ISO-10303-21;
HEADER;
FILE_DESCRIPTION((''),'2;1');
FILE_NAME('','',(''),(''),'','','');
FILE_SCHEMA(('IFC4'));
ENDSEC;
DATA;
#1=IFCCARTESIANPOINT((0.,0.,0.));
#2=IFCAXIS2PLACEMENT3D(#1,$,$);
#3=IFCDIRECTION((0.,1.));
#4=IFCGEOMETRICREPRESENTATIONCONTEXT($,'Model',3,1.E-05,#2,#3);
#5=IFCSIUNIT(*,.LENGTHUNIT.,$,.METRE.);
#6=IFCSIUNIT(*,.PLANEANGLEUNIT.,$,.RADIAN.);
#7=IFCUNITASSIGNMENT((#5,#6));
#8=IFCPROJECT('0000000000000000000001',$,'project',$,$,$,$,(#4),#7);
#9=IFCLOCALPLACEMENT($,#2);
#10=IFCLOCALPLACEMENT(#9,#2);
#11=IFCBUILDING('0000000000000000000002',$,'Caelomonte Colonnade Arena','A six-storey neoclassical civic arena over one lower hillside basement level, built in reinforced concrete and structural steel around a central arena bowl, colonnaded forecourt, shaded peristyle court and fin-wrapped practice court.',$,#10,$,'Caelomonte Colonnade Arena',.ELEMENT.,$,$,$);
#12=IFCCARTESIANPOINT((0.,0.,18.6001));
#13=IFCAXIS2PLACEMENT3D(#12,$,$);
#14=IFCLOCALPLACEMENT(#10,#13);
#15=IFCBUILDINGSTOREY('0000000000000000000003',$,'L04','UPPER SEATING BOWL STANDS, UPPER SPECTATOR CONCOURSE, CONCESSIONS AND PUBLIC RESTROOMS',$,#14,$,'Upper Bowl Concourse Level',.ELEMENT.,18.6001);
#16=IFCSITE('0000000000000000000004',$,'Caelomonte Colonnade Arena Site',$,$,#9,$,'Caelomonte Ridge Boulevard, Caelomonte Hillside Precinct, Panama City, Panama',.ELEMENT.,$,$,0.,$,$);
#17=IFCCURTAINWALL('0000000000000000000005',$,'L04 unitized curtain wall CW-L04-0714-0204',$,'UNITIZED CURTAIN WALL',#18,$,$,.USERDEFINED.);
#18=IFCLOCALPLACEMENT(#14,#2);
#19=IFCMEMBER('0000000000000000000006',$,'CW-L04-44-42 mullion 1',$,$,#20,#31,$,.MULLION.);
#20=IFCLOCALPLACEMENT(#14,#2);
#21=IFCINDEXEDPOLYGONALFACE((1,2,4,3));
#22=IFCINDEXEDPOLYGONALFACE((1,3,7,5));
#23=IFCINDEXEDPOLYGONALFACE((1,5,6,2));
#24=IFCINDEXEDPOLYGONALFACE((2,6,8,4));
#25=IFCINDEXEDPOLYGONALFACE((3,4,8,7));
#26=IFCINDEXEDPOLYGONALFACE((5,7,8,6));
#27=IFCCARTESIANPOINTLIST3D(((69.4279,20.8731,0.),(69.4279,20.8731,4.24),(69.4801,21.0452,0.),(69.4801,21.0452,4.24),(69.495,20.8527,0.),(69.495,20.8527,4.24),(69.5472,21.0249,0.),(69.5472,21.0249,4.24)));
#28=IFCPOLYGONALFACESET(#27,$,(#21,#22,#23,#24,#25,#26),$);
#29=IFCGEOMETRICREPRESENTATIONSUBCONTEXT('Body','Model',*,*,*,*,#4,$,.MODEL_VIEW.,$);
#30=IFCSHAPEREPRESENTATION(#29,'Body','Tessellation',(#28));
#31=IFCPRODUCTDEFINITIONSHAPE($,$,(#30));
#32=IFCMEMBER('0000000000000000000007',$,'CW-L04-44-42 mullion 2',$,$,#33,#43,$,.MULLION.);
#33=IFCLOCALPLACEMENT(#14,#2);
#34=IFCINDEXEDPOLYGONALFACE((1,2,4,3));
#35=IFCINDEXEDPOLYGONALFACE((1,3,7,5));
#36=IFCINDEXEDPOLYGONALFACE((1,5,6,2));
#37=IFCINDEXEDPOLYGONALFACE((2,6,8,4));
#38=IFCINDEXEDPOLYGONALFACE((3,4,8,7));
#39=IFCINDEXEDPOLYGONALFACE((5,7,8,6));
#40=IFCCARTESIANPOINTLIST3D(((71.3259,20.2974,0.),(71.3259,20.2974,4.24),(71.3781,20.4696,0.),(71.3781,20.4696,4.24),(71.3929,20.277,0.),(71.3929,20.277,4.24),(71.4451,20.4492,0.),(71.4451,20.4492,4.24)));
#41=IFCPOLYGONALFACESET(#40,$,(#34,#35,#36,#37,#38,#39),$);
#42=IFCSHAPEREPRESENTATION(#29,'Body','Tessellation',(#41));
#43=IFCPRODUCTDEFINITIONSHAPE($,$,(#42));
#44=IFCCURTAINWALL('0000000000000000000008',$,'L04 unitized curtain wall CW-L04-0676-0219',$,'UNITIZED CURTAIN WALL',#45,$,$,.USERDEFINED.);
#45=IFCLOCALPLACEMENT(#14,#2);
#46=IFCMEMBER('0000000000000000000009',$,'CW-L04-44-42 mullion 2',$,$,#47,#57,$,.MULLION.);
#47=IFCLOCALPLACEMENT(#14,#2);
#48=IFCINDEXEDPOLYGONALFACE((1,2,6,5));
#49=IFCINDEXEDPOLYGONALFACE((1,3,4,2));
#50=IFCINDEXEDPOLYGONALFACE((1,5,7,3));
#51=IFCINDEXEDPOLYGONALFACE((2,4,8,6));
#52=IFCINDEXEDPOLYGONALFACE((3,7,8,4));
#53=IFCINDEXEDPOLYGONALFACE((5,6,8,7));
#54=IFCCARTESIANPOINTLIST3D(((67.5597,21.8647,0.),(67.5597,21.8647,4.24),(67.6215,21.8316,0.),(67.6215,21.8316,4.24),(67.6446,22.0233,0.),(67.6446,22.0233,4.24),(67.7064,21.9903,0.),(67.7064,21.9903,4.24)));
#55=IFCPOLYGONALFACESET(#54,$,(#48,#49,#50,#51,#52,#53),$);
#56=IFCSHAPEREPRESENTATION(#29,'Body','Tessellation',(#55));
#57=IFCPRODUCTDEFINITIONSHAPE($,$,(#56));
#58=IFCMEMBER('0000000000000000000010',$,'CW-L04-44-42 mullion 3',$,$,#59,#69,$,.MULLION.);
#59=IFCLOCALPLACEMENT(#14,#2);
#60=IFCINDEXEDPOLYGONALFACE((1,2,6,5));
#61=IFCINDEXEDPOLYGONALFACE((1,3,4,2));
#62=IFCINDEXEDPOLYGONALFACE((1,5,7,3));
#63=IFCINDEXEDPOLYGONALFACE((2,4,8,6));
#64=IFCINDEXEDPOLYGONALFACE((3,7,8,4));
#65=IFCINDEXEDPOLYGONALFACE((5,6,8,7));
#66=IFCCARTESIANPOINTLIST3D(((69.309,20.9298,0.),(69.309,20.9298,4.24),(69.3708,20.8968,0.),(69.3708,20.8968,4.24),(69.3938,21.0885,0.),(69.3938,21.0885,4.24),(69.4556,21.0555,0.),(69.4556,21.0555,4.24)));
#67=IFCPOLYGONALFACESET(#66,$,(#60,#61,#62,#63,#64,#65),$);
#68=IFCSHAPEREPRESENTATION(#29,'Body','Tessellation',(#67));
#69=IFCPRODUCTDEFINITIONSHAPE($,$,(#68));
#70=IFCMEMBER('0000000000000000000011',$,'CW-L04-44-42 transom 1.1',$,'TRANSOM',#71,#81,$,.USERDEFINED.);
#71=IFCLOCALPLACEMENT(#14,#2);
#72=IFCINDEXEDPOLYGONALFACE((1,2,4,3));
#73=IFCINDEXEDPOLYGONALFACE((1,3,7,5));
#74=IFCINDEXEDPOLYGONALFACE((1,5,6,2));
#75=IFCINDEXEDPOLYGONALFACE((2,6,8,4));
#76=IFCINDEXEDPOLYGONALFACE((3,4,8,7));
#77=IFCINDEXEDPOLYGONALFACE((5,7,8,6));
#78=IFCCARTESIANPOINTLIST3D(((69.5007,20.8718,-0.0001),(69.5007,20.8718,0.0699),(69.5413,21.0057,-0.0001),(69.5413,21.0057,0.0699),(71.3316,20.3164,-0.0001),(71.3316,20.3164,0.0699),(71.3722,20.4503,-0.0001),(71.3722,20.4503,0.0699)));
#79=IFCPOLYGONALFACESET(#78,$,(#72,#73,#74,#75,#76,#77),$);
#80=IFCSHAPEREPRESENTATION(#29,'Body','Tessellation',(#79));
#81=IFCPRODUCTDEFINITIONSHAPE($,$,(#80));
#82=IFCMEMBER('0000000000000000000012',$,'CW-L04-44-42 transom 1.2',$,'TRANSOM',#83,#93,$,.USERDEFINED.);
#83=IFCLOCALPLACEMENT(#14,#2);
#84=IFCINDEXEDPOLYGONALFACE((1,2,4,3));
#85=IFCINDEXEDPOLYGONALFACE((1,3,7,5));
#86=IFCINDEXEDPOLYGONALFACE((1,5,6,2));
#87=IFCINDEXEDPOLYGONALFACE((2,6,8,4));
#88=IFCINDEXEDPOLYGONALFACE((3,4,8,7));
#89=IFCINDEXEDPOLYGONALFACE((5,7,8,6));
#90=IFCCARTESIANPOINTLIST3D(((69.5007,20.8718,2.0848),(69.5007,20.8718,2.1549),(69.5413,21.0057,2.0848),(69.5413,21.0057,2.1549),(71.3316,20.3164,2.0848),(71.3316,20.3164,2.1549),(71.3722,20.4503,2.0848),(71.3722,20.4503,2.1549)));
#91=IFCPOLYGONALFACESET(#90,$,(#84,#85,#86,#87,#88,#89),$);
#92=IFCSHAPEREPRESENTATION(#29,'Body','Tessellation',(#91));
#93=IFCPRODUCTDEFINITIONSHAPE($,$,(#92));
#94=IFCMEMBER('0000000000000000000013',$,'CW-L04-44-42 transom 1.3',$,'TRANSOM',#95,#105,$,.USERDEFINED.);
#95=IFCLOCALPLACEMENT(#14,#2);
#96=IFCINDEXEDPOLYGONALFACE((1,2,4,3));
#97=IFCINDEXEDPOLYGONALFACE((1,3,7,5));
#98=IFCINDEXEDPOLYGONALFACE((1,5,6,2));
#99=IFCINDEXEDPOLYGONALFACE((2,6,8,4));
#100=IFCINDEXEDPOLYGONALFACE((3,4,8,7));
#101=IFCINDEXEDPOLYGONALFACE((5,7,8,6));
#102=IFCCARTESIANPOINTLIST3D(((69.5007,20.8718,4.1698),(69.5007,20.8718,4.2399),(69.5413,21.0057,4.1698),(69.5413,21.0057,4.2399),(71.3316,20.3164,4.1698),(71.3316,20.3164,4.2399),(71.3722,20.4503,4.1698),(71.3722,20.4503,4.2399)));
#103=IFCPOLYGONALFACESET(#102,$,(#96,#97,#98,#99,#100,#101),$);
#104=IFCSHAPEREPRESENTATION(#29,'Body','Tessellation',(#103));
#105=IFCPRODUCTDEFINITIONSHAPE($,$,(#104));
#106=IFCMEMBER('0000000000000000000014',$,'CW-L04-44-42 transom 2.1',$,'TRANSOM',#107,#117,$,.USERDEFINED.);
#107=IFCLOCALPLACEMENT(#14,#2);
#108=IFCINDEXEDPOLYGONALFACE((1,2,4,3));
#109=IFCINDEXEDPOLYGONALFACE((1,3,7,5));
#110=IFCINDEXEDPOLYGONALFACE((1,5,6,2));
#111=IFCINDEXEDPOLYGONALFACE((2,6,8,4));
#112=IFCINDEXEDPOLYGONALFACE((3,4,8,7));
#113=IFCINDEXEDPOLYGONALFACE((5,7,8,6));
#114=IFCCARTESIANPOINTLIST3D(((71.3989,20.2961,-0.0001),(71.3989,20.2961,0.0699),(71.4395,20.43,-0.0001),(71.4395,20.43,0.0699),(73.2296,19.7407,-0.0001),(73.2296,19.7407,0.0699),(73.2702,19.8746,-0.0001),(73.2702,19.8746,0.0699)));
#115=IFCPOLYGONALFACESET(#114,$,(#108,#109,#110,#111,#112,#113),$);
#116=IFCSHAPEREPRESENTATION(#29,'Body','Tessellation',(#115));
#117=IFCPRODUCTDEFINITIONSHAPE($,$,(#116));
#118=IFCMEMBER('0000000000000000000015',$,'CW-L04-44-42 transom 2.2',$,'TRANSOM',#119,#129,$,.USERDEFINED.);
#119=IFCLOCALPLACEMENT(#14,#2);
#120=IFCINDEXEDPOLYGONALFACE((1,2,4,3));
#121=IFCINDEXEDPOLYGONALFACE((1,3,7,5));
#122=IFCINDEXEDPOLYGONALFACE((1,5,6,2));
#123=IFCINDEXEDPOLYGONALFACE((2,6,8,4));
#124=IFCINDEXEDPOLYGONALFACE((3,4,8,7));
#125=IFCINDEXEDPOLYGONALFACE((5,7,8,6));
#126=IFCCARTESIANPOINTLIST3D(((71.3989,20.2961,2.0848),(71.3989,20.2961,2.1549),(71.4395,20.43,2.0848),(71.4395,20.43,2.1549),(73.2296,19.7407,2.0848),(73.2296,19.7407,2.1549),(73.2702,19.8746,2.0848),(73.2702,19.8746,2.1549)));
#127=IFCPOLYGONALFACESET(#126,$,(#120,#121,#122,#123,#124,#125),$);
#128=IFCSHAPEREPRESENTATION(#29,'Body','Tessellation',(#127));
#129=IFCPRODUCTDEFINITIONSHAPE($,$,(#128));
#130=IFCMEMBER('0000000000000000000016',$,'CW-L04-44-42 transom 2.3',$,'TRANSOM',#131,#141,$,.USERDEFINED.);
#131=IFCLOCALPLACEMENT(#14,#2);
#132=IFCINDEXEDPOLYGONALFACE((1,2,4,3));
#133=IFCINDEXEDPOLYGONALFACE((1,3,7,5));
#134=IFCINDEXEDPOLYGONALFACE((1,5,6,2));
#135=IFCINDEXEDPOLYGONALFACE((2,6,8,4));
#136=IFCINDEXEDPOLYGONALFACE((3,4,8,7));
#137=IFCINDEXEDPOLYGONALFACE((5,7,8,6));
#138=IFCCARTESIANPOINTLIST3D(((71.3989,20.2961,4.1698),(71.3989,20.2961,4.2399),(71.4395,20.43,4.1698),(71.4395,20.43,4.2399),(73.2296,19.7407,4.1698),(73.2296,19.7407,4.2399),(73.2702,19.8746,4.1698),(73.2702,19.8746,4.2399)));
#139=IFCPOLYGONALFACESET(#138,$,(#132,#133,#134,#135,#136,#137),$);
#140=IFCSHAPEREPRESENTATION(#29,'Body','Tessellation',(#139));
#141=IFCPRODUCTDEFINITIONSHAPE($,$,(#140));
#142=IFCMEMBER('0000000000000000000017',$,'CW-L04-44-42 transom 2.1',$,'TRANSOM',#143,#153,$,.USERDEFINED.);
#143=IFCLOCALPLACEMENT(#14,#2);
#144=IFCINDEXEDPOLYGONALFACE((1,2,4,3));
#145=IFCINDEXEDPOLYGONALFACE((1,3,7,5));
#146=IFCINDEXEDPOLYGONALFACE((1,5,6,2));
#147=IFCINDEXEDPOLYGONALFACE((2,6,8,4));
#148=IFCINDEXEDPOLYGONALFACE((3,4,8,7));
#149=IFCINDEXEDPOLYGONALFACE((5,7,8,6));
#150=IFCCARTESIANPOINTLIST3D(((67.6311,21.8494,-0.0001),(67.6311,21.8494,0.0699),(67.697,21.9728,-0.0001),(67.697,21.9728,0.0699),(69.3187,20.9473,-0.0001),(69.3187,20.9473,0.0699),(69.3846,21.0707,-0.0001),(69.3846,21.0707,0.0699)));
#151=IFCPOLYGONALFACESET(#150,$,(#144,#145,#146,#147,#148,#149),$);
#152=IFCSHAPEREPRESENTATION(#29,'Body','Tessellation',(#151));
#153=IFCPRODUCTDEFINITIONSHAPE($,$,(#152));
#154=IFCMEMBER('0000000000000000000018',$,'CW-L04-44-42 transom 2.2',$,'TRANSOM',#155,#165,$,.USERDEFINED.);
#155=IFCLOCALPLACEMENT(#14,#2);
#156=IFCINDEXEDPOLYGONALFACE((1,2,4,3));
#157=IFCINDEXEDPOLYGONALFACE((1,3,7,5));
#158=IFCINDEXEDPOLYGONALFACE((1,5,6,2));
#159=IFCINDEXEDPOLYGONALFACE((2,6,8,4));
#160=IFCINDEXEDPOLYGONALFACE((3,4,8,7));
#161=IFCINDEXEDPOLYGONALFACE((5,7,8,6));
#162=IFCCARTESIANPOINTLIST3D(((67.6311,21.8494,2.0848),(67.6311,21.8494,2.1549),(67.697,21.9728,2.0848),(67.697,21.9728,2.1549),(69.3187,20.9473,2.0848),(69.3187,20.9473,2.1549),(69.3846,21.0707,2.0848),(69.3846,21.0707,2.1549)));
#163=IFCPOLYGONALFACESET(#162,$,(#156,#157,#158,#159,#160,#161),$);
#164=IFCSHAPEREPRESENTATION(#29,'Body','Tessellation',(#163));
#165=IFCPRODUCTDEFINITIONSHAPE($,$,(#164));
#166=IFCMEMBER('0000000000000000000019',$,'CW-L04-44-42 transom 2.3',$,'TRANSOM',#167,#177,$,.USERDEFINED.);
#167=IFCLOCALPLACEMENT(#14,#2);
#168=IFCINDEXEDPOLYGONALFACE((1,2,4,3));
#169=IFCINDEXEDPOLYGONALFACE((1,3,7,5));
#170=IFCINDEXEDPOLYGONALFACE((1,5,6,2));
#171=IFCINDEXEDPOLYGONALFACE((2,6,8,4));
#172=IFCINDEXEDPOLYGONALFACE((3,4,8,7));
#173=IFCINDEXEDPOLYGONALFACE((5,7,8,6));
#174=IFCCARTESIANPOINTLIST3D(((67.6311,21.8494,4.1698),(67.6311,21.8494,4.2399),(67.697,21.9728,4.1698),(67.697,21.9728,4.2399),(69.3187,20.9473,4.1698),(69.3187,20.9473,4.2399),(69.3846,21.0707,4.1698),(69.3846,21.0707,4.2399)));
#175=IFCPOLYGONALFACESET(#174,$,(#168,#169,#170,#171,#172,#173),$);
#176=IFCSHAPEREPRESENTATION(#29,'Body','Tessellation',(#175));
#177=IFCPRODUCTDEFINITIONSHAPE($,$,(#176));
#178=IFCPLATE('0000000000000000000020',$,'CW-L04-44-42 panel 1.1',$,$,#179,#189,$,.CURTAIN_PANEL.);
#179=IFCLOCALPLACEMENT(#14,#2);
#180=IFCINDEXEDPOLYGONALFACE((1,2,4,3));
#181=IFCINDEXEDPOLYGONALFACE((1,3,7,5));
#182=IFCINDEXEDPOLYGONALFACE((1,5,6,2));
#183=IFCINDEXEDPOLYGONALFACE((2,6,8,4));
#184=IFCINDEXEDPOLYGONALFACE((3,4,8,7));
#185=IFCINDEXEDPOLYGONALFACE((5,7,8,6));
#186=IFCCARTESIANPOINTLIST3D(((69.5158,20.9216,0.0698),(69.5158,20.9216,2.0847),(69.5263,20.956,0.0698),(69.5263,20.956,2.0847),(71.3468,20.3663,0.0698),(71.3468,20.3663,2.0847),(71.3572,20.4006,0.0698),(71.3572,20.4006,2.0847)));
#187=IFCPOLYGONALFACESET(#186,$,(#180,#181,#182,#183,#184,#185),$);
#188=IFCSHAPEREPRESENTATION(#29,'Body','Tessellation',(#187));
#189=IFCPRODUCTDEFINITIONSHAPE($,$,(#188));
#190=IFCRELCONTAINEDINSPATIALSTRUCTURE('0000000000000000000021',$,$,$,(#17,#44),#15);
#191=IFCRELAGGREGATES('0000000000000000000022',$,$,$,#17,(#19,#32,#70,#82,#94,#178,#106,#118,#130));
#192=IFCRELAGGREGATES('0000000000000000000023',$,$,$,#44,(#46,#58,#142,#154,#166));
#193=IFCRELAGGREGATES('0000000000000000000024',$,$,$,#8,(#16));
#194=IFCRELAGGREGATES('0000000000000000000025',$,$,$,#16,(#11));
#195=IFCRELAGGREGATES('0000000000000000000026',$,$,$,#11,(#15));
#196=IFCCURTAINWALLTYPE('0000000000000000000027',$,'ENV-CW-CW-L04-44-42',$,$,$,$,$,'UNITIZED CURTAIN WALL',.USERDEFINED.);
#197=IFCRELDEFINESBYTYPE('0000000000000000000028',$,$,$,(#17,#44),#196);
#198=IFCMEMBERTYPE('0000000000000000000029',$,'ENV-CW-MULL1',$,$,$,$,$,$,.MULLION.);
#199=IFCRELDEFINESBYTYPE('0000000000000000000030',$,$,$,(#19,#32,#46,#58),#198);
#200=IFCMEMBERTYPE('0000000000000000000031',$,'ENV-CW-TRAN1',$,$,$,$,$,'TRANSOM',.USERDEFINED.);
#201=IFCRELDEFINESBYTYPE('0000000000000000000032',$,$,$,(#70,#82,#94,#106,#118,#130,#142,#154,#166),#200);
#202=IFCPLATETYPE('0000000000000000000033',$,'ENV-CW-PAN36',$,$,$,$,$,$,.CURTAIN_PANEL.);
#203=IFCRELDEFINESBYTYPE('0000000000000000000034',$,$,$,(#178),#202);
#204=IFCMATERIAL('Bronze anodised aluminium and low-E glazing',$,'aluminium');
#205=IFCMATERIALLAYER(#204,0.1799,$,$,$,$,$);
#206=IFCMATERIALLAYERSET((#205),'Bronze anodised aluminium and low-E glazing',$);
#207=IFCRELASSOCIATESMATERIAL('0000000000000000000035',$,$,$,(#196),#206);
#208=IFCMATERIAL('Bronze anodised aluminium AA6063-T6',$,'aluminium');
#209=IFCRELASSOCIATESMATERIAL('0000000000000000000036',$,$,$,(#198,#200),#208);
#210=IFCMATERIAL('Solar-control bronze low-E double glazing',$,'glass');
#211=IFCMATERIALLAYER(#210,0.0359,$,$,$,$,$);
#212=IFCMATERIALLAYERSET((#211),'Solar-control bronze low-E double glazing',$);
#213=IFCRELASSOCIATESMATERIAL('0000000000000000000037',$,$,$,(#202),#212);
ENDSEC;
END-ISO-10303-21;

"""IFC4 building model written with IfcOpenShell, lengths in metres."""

from ifc_helpers import new_model, si_unit, direction, frame, origin, origin_2d, place, context, subcontext, project, spatial, rectangle, extrude, material, layer, layer_set, material_profile, profile_set, type_object, element, aggregate, save


model = new_model("IFC4")

# Units and contexts
model_context = context("Model", 3, precision=1e-05, world=origin(), true_north=direction((0.0, 1.0)))
body_context = subcontext(model_context, "Body", "Model", "MODEL_VIEW")
ifc_project = project(units=[si_unit("LENGTHUNIT", "METRE"), si_unit("PLANEANGLEUNIT", "RADIAN")], contexts=[model_context])

# Site, building, storey
site_placement = place(None, origin())
site = spatial("IfcSite", under=ifc_project, at=site_placement, Name="Caelomonte Colonnade Arena Site", LongName="Caelomonte Ridge Boulevard, Caelomonte Hillside Precinct, Panama City, Panama", CompositionType="ELEMENT", RefElevation=0.0)
building_placement = place(site_placement, origin())
building = spatial("IfcBuilding", under=site, at=building_placement, Name="Caelomonte Colonnade Arena", Description="A six-storey neoclassical civic arena over one lower hillside basement level, built in reinforced concrete and structural steel around a central arena bowl, colonnaded forecourt, shaded peristyle court and fin-wrapped practice court.", LongName="Caelomonte Colonnade Arena", CompositionType="ELEMENT")
storey_placement = place(building_placement, frame((0.0, 0.0, 18.6001)))
storey = spatial("IfcBuildingStorey", under=building, at=storey_placement, Name="L04", Description="UPPER SEATING BOWL STANDS, UPPER SPECTATOR CONCOURSE, CONCESSIONS AND PUBLIC RESTROOMS", LongName="Upper Bowl Concourse Level", CompositionType="ELEMENT", Elevation=18.6001)

# Curtain walls, members
ifc_material_1 = material(Name="Bronze anodised aluminium and low-E glazing", Category="aluminium")
ifc_layer_1 = layer(ifc_material_1, 0.1799)
ifc_layer_set_1 = layer_set([ifc_layer_1], Name="Bronze anodised aluminium and low-E glazing")
curtain_wall_type = type_object("IfcCurtainWallType", Name="ENV-CW-CW-L04-44-42", ElementType="UNITIZED CURTAIN WALL", PredefinedType="USERDEFINED", material=ifc_layer_set_1)
curtain_wall_1_placement = place(storey_placement, origin())
curtain_wall_1 = element("IfcCurtainWall", 1, at=curtain_wall_1_placement, inside=storey, type_object=curtain_wall_type, Name="L04 unitized curtain wall CW-L04-0714-0204", ObjectType="UNITIZED CURTAIN WALL", PredefinedType="USERDEFINED")
ifc_material_2 = material(Name="Bronze anodised aluminium AA6063-T6", Category="aluminium")
ifc_material_profile_1 = material_profile(ifc_material_2, rectangle(XDim=0.0701, YDim=0.1799, at=origin_2d()), Name="CWM-70X180")
ifc_profile_set_1 = profile_set([ifc_material_profile_1], Name="Bronze anodised aluminium AA6063-T6")
member_type_1 = type_object("IfcMemberType", Name="ENV-CW-MULL1", PredefinedType="MULLION", material=ifc_profile_set_1)
member_1_placement = place(storey_placement, frame((69.4875, 20.949, 0.0), z_axis=(0.0, 0.0, 1.0), x_axis=(0.956949, -0.290256, 0.0)))
member_1 = element("IfcMember", 2, at=member_1_placement, type_object=member_type_1, Name="CW-L04-44-42 mullion 1", PredefinedType="MULLION", context=body_context, shape_type="SweptSolid", body=[
    extrude(rectangle(XDim=0.0701, YDim=0.1799, at=origin_2d()), origin(), (0.0, 0.0, 1.0), 4.24),
])
member_2_placement = place(storey_placement, frame((71.3855, 20.3733, 0.0), z_axis=(0.0, 0.0, 1.0), x_axis=(0.956949, -0.290256, 0.0)))
member_2 = element("IfcMember", 3, at=member_2_placement, type_object=member_type_1, Name="CW-L04-44-42 mullion 2", PredefinedType="MULLION", context=body_context, shape_type="SweptSolid", body=[
    extrude(rectangle(XDim=0.0701, YDim=0.1799, at=origin_2d()), origin(), (0.0, 0.0, 1.0), 4.24),
])
curtain_wall_2_placement = place(storey_placement, origin())
curtain_wall_2 = element("IfcCurtainWall", 4, at=curtain_wall_2_placement, inside=storey, type_object=curtain_wall_type, Name="L04 unitized curtain wall CW-L04-0676-0219", ObjectType="UNITIZED CURTAIN WALL", PredefinedType="USERDEFINED")
member_3_placement = place(storey_placement, frame((67.6331, 21.9275, 0.0), z_axis=(0.0, 0.0, 1.0), x_axis=(0.881923, -0.471394, 0.0)))
member_3 = element("IfcMember", 5, at=member_3_placement, type_object=member_type_1, Name="CW-L04-44-42 mullion 2", PredefinedType="MULLION", context=body_context, shape_type="SweptSolid", body=[
    extrude(rectangle(XDim=0.0701, YDim=0.1799, at=origin_2d()), origin(), (0.0, 0.0, 1.0), 4.24),
])
member_4_placement = place(storey_placement, frame((69.3823, 20.9927, 0.0), z_axis=(0.0, 0.0, 1.0), x_axis=(0.881923, -0.471394, 0.0)))
member_4 = element("IfcMember", 6, at=member_4_placement, type_object=member_type_1, Name="CW-L04-44-42 mullion 3", PredefinedType="MULLION", context=body_context, shape_type="SweptSolid", body=[
    extrude(rectangle(XDim=0.0701, YDim=0.1799, at=origin_2d()), origin(), (0.0, 0.0, 1.0), 4.24),
])

# Members
ifc_material_profile_2 = material_profile(ifc_material_2, rectangle(XDim=0.0701, YDim=0.1399, at=origin_2d()), Name="CWT-70X140")
ifc_profile_set_2 = profile_set([ifc_material_profile_2], Name="Bronze anodised aluminium AA6063-T6")
member_type_2 = type_object("IfcMemberType", Name="ENV-CW-TRAN1", ElementType="TRANSOM", PredefinedType="USERDEFINED", material=ifc_profile_set_2)
member_5_placement = place(storey_placement, frame((69.521, 20.9387, 0.0349), z_axis=(0.956944, -0.290273, 0.0), x_axis=(0.0, 0.0, 1.0)))
member_5 = element("IfcMember", 7, at=member_5_placement, type_object=member_type_2, Name="CW-L04-44-42 transom 1.1", ObjectType="TRANSOM", PredefinedType="USERDEFINED", context=body_context, shape_type="SweptSolid", body=[
    extrude(rectangle(XDim=0.0701, YDim=0.1399, at=origin_2d()), origin(), (0.0, 0.0, 1.0), 1.9133),
])
member_6_placement = place(storey_placement, frame((69.521, 20.9387, 2.1199), z_axis=(0.956944, -0.290273, 0.0), x_axis=(0.0, 0.0, 1.0)))
member_6 = element("IfcMember", 8, at=member_6_placement, type_object=member_type_2, Name="CW-L04-44-42 transom 1.2", ObjectType="TRANSOM", PredefinedType="USERDEFINED", context=body_context, shape_type="SweptSolid", body=[
    extrude(rectangle(XDim=0.0701, YDim=0.1399, at=origin_2d()), origin(), (0.0, 0.0, 1.0), 1.9133),
])
member_7_placement = place(storey_placement, frame((69.521, 20.9387, 4.2048), z_axis=(0.956944, -0.290273, 0.0), x_axis=(0.0, 0.0, 1.0)))
member_7 = element("IfcMember", 9, at=member_7_placement, type_object=member_type_2, Name="CW-L04-44-42 transom 1.3", ObjectType="TRANSOM", PredefinedType="USERDEFINED", context=body_context, shape_type="SweptSolid", body=[
    extrude(rectangle(XDim=0.0701, YDim=0.1399, at=origin_2d()), origin(), (0.0, 0.0, 1.0), 1.9133),
])
member_8_placement = place(storey_placement, frame((71.4192, 20.363, 0.0349), z_axis=(0.956933, -0.290308, 0.0), x_axis=(0.0, 0.0, 1.0)))
member_8 = element("IfcMember", 10, at=member_8_placement, type_object=member_type_2, Name="CW-L04-44-42 transom 2.1", ObjectType="TRANSOM", PredefinedType="USERDEFINED", context=body_context, shape_type="SweptSolid", body=[
    extrude(rectangle(XDim=0.0701, YDim=0.1399, at=origin_2d()), origin(), (0.0, 0.0, 1.0), 1.9131),
])
member_9_placement = place(storey_placement, frame((71.4192, 20.363, 2.1199), z_axis=(0.956933, -0.290308, 0.0), x_axis=(0.0, 0.0, 1.0)))
member_9 = element("IfcMember", 11, at=member_9_placement, type_object=member_type_2, Name="CW-L04-44-42 transom 2.2", ObjectType="TRANSOM", PredefinedType="USERDEFINED", context=body_context, shape_type="SweptSolid", body=[
    extrude(rectangle(XDim=0.0701, YDim=0.1399, at=origin_2d()), origin(), (0.0, 0.0, 1.0), 1.9131),
])
member_10_placement = place(storey_placement, frame((71.4192, 20.363, 4.2048), z_axis=(0.956933, -0.290308, 0.0), x_axis=(0.0, 0.0, 1.0)))
member_10 = element("IfcMember", 12, at=member_10_placement, type_object=member_type_2, Name="CW-L04-44-42 transom 2.3", ObjectType="TRANSOM", PredefinedType="USERDEFINED", context=body_context, shape_type="SweptSolid", body=[
    extrude(rectangle(XDim=0.0701, YDim=0.1399, at=origin_2d()), origin(), (0.0, 0.0, 1.0), 1.9131),
])
member_11_placement = place(storey_placement, frame((67.6641, 21.9111, 0.0349), z_axis=(0.881897, -0.471442, 0.0), x_axis=(0.0, 0.0, 1.0)))
member_11 = element("IfcMember", 13, at=member_11_placement, type_object=member_type_2, Name="CW-L04-44-42 transom 2.1", ObjectType="TRANSOM", PredefinedType="USERDEFINED", context=body_context, shape_type="SweptSolid", body=[
    extrude(rectangle(XDim=0.0701, YDim=0.1399, at=origin_2d()), origin(), (0.0, 0.0, 1.0), 1.9136),
])
member_12_placement = place(storey_placement, frame((67.6641, 21.9111, 2.1199), z_axis=(0.881897, -0.471442, 0.0), x_axis=(0.0, 0.0, 1.0)))
member_12 = element("IfcMember", 14, at=member_12_placement, type_object=member_type_2, Name="CW-L04-44-42 transom 2.2", ObjectType="TRANSOM", PredefinedType="USERDEFINED", context=body_context, shape_type="SweptSolid", body=[
    extrude(rectangle(XDim=0.0701, YDim=0.1399, at=origin_2d()), origin(), (0.0, 0.0, 1.0), 1.9136),
])
member_13_placement = place(storey_placement, frame((67.6641, 21.9111, 4.2048), z_axis=(0.881897, -0.471442, 0.0), x_axis=(0.0, 0.0, 1.0)))
member_13 = element("IfcMember", 15, at=member_13_placement, type_object=member_type_2, Name="CW-L04-44-42 transom 2.3", ObjectType="TRANSOM", PredefinedType="USERDEFINED", context=body_context, shape_type="SweptSolid", body=[
    extrude(rectangle(XDim=0.0701, YDim=0.1399, at=origin_2d()), origin(), (0.0, 0.0, 1.0), 1.9136),
])

# Plate
ifc_material_3 = material(Name="Solar-control bronze low-E double glazing", Category="glass")
ifc_layer_2 = layer(ifc_material_3, 0.0359)
ifc_layer_set_2 = layer_set([ifc_layer_2], Name="Solar-control bronze low-E double glazing")
plate_type = type_object("IfcPlateType", Name="ENV-CW-PAN36", PredefinedType="CURTAIN_PANEL", material=ifc_layer_set_2)
plate_1_placement = place(storey_placement, frame((70.4365, 20.6611, 0.0698), z_axis=(0.0, 0.0, 1.0), x_axis=(0.956949, -0.290256, 0.0)))
plate_1 = element("IfcPlate", 16, at=plate_1_placement, type_object=plate_type, Name="CW-L04-44-42 panel 1.1", PredefinedType="CURTAIN_PANEL", context=body_context, shape_type="SweptSolid", body=[
    extrude(rectangle(XDim=1.9133, YDim=0.0359, at=origin_2d()), origin(), (0.0, 0.0, 1.0), 2.0149),
])
aggregate(curtain_wall_1, [member_1, member_2, member_5, member_6, member_7, plate_1, member_8, member_9, member_10])
aggregate(curtain_wall_2, [member_3, member_4, member_11, member_12, member_13])

save(model, "model.ifc")
